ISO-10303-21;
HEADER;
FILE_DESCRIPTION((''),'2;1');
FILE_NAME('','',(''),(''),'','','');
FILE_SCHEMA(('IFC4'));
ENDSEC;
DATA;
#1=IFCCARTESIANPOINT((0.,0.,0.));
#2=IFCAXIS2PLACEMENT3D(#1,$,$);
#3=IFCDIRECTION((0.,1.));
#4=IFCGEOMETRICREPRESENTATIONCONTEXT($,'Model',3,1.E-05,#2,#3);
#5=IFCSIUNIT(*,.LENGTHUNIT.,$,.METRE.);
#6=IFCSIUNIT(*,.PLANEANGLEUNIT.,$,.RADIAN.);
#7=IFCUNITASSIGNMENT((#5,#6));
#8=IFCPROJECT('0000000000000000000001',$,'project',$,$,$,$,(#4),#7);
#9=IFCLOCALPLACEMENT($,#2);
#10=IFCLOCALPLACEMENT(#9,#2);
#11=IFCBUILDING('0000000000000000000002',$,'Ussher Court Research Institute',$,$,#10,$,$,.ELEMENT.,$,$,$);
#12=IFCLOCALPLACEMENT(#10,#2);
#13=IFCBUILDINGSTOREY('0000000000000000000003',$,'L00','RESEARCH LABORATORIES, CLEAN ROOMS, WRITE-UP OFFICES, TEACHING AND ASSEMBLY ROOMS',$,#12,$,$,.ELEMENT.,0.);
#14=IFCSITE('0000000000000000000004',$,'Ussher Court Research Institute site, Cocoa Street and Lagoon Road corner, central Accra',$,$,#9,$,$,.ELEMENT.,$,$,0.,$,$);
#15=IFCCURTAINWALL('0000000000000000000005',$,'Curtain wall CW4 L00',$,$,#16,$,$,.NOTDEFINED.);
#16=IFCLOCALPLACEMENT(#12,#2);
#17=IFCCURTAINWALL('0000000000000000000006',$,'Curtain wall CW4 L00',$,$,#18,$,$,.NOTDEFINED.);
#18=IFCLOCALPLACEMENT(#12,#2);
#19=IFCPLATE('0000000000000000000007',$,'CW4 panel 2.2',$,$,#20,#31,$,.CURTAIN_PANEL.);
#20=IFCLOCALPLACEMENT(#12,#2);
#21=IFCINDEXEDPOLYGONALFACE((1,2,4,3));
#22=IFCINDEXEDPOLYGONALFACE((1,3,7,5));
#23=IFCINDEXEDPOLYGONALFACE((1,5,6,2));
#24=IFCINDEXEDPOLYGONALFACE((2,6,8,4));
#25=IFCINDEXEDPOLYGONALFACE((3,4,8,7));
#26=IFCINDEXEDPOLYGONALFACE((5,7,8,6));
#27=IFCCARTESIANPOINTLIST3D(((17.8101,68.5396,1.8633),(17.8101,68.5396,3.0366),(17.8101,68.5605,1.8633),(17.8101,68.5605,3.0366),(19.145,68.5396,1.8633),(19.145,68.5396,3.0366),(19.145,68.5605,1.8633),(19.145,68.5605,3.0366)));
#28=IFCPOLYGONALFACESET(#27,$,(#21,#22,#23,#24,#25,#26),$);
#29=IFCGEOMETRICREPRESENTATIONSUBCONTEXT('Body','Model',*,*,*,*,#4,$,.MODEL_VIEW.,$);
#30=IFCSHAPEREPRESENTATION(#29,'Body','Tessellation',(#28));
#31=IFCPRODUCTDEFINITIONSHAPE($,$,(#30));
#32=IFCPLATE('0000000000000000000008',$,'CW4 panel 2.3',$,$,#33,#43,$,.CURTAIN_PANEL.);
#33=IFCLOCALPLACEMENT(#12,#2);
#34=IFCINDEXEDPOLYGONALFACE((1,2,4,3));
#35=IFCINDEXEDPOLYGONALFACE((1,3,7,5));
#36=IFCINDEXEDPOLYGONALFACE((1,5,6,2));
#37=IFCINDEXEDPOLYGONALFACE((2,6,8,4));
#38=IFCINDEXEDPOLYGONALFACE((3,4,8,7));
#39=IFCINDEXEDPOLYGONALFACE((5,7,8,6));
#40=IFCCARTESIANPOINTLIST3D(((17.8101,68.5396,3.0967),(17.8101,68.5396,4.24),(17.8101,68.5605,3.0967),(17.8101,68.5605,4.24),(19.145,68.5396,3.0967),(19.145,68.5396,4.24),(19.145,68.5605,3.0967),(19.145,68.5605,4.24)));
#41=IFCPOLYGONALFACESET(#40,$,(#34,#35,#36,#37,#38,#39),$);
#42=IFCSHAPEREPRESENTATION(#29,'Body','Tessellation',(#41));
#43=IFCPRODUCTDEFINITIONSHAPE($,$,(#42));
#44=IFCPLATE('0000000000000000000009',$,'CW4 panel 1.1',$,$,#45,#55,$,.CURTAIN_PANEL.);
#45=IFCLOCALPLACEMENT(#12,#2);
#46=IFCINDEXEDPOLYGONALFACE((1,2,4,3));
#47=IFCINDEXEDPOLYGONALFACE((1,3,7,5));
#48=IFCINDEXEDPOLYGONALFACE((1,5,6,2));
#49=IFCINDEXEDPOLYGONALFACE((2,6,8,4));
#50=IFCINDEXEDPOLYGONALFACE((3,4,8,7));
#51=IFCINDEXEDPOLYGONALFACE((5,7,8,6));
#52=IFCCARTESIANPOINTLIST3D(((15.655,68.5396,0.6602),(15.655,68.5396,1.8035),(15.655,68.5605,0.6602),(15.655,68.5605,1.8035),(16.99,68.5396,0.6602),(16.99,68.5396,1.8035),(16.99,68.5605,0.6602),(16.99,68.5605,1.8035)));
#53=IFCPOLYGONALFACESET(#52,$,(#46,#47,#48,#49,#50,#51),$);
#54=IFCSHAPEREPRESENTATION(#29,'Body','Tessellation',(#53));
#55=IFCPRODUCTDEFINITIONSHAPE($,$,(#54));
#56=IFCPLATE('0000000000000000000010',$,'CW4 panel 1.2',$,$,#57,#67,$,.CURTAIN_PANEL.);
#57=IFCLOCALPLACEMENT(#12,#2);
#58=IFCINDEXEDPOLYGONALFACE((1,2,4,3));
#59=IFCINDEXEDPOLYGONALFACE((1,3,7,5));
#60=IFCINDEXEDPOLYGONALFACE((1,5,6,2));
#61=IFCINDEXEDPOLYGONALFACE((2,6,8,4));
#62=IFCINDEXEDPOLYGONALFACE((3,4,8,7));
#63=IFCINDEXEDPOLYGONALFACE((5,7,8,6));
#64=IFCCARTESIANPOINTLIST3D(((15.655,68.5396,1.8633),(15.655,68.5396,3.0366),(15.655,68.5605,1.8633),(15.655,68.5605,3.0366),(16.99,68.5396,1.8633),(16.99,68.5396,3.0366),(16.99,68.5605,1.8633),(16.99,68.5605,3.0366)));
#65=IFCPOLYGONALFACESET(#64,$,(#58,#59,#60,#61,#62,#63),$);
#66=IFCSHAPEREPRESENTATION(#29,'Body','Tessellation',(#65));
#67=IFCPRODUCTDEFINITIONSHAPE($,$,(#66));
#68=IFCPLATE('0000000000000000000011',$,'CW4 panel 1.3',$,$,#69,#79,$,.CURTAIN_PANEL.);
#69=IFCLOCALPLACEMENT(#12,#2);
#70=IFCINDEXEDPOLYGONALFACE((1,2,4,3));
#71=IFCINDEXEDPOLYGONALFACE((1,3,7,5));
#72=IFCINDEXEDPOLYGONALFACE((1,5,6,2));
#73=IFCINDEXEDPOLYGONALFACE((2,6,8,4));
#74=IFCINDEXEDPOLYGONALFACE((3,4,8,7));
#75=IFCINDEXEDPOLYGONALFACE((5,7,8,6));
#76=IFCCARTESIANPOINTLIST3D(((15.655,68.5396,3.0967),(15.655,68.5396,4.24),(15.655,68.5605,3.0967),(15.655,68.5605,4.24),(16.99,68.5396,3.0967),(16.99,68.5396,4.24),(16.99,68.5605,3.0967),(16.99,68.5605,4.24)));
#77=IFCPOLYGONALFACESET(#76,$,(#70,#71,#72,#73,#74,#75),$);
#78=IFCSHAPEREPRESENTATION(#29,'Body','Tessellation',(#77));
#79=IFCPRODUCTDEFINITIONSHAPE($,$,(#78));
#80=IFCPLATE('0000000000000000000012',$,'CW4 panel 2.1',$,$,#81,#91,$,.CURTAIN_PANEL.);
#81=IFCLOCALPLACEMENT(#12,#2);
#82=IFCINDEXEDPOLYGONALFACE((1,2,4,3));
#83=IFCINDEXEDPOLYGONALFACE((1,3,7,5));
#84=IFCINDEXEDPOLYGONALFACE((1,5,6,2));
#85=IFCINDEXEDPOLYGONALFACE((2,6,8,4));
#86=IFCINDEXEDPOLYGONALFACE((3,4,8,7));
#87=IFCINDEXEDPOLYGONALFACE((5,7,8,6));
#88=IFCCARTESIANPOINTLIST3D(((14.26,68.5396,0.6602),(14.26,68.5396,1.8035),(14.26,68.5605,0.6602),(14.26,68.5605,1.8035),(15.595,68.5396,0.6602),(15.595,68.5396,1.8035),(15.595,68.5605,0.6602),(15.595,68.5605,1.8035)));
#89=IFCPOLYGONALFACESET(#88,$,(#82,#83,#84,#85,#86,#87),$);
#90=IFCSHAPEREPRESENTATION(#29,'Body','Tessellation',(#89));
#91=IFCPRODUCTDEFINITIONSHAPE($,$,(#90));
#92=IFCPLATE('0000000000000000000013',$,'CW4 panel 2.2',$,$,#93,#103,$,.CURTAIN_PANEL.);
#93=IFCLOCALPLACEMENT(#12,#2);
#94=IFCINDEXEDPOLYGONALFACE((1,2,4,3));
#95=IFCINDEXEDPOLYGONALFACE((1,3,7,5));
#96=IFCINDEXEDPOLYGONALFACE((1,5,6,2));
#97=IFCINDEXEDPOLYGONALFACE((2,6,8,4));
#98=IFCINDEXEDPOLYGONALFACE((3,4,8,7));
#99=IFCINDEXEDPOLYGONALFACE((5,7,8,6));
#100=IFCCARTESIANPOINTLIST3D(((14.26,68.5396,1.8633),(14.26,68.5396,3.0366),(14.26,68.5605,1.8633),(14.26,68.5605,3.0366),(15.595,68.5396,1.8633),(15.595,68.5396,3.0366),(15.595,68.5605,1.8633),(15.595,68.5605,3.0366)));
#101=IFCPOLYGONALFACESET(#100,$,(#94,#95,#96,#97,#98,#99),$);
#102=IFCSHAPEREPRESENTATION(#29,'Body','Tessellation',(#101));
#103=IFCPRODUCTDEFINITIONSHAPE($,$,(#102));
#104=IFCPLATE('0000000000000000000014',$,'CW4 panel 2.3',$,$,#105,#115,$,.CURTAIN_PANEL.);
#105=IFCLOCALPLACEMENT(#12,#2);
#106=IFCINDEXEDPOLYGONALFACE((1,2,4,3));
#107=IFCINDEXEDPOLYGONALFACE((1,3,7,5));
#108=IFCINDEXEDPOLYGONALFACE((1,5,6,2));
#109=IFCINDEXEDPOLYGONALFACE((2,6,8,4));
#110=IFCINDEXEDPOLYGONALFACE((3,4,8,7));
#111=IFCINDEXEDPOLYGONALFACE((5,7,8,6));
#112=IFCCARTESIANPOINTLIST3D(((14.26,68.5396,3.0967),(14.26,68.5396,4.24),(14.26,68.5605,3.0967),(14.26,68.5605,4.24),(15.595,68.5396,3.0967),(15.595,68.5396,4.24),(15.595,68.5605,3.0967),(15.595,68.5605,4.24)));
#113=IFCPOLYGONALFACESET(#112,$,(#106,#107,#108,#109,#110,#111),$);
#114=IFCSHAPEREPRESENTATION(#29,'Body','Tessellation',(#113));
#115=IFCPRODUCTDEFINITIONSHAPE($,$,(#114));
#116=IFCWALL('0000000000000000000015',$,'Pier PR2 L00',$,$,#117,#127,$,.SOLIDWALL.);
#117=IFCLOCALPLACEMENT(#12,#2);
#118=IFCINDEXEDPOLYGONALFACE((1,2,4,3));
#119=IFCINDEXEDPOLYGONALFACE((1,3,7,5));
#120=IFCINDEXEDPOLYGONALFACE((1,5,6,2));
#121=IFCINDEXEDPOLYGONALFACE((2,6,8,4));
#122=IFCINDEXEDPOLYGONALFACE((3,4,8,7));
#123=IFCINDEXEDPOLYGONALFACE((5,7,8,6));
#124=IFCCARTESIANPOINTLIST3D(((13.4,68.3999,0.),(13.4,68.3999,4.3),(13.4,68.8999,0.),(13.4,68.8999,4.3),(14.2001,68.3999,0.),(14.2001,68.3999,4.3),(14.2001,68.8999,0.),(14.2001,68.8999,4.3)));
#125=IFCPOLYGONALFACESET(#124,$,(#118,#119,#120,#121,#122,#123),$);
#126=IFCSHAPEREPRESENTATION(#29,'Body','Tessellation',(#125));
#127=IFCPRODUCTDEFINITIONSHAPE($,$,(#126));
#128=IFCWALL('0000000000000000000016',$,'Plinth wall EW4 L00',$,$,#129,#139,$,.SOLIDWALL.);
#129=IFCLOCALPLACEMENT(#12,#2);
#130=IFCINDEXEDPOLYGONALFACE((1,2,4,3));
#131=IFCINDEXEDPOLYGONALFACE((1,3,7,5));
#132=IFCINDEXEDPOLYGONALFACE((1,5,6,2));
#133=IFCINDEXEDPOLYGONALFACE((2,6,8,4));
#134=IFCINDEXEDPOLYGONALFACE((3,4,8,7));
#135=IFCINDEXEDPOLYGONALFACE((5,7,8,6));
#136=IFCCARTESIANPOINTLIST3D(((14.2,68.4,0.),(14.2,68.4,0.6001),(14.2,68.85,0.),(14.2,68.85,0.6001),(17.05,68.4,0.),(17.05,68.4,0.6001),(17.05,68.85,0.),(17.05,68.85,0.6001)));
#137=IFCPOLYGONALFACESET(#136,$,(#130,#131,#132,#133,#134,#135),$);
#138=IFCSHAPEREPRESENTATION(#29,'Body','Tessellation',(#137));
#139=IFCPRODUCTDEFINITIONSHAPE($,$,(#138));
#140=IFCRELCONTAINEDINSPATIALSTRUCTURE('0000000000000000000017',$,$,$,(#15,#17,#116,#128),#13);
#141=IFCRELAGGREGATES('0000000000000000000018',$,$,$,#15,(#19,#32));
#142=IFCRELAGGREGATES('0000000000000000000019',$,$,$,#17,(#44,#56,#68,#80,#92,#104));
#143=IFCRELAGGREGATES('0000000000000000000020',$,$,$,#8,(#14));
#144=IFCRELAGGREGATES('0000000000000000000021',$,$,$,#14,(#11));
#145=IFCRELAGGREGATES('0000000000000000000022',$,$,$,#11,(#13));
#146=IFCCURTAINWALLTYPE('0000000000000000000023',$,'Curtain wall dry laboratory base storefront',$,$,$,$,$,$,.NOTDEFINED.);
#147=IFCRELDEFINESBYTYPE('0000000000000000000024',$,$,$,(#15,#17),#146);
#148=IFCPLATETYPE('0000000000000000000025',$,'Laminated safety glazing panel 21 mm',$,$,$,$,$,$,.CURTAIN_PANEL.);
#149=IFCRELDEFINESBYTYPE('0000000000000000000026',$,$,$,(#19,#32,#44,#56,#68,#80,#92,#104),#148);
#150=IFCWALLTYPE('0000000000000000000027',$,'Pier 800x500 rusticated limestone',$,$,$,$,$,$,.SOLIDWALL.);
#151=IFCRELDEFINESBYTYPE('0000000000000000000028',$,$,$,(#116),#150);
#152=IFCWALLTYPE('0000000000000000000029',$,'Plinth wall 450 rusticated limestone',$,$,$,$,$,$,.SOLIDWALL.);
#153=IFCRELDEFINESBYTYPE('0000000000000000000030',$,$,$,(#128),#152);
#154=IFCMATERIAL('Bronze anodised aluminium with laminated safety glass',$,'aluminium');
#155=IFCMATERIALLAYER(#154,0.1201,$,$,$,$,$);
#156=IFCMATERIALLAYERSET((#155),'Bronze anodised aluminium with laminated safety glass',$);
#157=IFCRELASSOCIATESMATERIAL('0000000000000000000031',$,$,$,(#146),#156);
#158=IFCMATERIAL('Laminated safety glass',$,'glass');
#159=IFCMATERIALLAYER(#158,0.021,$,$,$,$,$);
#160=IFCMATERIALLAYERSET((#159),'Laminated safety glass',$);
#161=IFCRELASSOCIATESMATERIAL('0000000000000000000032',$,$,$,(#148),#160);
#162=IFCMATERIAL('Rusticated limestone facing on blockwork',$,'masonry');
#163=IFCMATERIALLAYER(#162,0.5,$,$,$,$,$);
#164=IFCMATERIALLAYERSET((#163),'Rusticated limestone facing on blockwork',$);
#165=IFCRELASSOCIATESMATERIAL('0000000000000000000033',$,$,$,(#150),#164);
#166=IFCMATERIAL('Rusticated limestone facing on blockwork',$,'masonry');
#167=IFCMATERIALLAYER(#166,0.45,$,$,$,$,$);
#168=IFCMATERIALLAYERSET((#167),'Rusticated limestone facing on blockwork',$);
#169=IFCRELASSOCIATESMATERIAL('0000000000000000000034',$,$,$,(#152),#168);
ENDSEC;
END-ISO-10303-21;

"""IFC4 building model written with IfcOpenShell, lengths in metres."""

from ifc_helpers import new_model, si_unit, direction, frame, frame_2d, origin, origin_2d, place, context, subcontext, project, spatial, rectangle, extrude, material, layer, layer_set, type_object, element, aggregate, save


model = new_model("IFC4")

# Units and contexts
model_context = context("Model", 3, precision=1e-05, world=origin(), true_north=direction((0.0, 1.0)))
body_context = subcontext(model_context, "Body", "Model", "MODEL_VIEW")
ifc_project = project(units=[si_unit("LENGTHUNIT", "METRE"), si_unit("PLANEANGLEUNIT", "RADIAN")], contexts=[model_context])

# Site, building, storey
site_placement = place(None, origin())
site = spatial("IfcSite", under=ifc_project, at=site_placement, Name="Ussher Court Research Institute site, Cocoa Street and Lagoon Road corner, central Accra", CompositionType="ELEMENT", RefElevation=0.0)
building_placement = place(site_placement, origin())
building = spatial("IfcBuilding", under=site, at=building_placement, Name="Ussher Court Research Institute", CompositionType="ELEMENT")
storey_placement = place(building_placement, origin())
storey = spatial("IfcBuildingStorey", under=building, at=storey_placement, Name="L00", Description="RESEARCH LABORATORIES, CLEAN ROOMS, WRITE-UP OFFICES, TEACHING AND ASSEMBLY ROOMS", CompositionType="ELEMENT", Elevation=0.0)

# Curtain wall
ifc_material_1 = material(Name="Bronze anodised aluminium with laminated safety glass", Category="aluminium")
ifc_layer_1 = layer(ifc_material_1, 0.1201)
ifc_layer_set_1 = layer_set([ifc_layer_1], Name="Bronze anodised aluminium with laminated safety glass")
curtain_wall_type = type_object("IfcCurtainWallType", Name="Curtain wall dry laboratory base storefront", PredefinedType="NOTDEFINED", material=ifc_layer_set_1)
curtain_wall_1_placement = place(storey_placement, origin())
curtain_wall_1 = element("IfcCurtainWall", 1, at=curtain_wall_1_placement, inside=storey, type_object=curtain_wall_type, Name="Curtain wall CW4 L00", PredefinedType="NOTDEFINED")

# Curtain wall
curtain_wall_2_placement = place(storey_placement, origin())
curtain_wall_2 = element("IfcCurtainWall", 2, at=curtain_wall_2_placement, inside=storey, type_object=curtain_wall_type, Name="Curtain wall CW4 L00", PredefinedType="NOTDEFINED")

# Plates
ifc_material_2 = material(Name="Laminated safety glass", Category="glass")
ifc_layer_2 = layer(ifc_material_2, 0.021)
ifc_layer_set_2 = layer_set([ifc_layer_2], Name="Laminated safety glass")
plate_type = type_object("IfcPlateType", Name="Laminated safety glazing panel 21 mm", PredefinedType="CURTAIN_PANEL", material=ifc_layer_set_2)
plate_1_placement = place(storey_placement, frame((18.4775, 68.55, 1.8633), z_axis=(0.0, 0.0, 1.0), x_axis=(-1.0, 0.0, 0.0)))
plate_1 = element("IfcPlate", 3, at=plate_1_placement, type_object=plate_type, Name="CW4 panel 2.2", PredefinedType="CURTAIN_PANEL", context=body_context, shape_type="SweptSolid", body=[
    extrude(rectangle(XDim=1.335, YDim=0.021, at=origin_2d()), origin(), (0.0, 0.0, 1.0), 1.1733),
])
plate_2_placement = place(storey_placement, frame((18.4775, 68.55, 3.0967), z_axis=(0.0, 0.0, 1.0), x_axis=(-1.0, 0.0, 0.0)))
plate_2 = element("IfcPlate", 4, at=plate_2_placement, type_object=plate_type, Name="CW4 panel 2.3", PredefinedType="CURTAIN_PANEL", context=body_context, shape_type="SweptSolid", body=[
    extrude(rectangle(XDim=1.335, YDim=0.021, at=origin_2d()), origin(), (0.0, 0.0, 1.0), 1.1433),
])
aggregate(curtain_wall_1, [plate_1, plate_2])
plate_3_placement = place(storey_placement, frame((16.3225, 68.55, 0.6602), z_axis=(0.0, 0.0, 1.0), x_axis=(-1.0, 0.0, 0.0)))
plate_3 = element("IfcPlate", 5, at=plate_3_placement, type_object=plate_type, Name="CW4 panel 1.1", PredefinedType="CURTAIN_PANEL", context=body_context, shape_type="SweptSolid", body=[
    extrude(rectangle(XDim=1.335, YDim=0.021, at=origin_2d()), origin(), (0.0, 0.0, 1.0), 1.1433),
])
plate_4_placement = place(storey_placement, frame((16.3225, 68.55, 1.8633), z_axis=(0.0, 0.0, 1.0), x_axis=(-1.0, 0.0, 0.0)))
plate_4 = element("IfcPlate", 6, at=plate_4_placement, type_object=plate_type, Name="CW4 panel 1.2", PredefinedType="CURTAIN_PANEL", context=body_context, shape_type="SweptSolid", body=[
    extrude(rectangle(XDim=1.335, YDim=0.021, at=origin_2d()), origin(), (0.0, 0.0, 1.0), 1.1733),
])
plate_5_placement = place(storey_placement, frame((16.3225, 68.55, 3.0967), z_axis=(0.0, 0.0, 1.0), x_axis=(-1.0, 0.0, 0.0)))
plate_5 = element("IfcPlate", 7, at=plate_5_placement, type_object=plate_type, Name="CW4 panel 1.3", PredefinedType="CURTAIN_PANEL", context=body_context, shape_type="SweptSolid", body=[
    extrude(rectangle(XDim=1.335, YDim=0.021, at=origin_2d()), origin(), (0.0, 0.0, 1.0), 1.1433),
])
plate_6_placement = place(storey_placement, frame((14.9275, 68.55, 0.6602), z_axis=(0.0, 0.0, 1.0), x_axis=(-1.0, 0.0, 0.0)))
plate_6 = element("IfcPlate", 8, at=plate_6_placement, type_object=plate_type, Name="CW4 panel 2.1", PredefinedType="CURTAIN_PANEL", context=body_context, shape_type="SweptSolid", body=[
    extrude(rectangle(XDim=1.335, YDim=0.021, at=origin_2d()), origin(), (0.0, 0.0, 1.0), 1.1433),
])
plate_7_placement = place(storey_placement, frame((14.9275, 68.55, 1.8633), z_axis=(0.0, 0.0, 1.0), x_axis=(-1.0, 0.0, 0.0)))
plate_7 = element("IfcPlate", 9, at=plate_7_placement, type_object=plate_type, Name="CW4 panel 2.2", PredefinedType="CURTAIN_PANEL", context=body_context, shape_type="SweptSolid", body=[
    extrude(rectangle(XDim=1.335, YDim=0.021, at=origin_2d()), origin(), (0.0, 0.0, 1.0), 1.1733),
])
plate_8_placement = place(storey_placement, frame((14.9275, 68.55, 3.0967), z_axis=(0.0, 0.0, 1.0), x_axis=(-1.0, 0.0, 0.0)))
plate_8 = element("IfcPlate", 10, at=plate_8_placement, type_object=plate_type, Name="CW4 panel 2.3", PredefinedType="CURTAIN_PANEL", context=body_context, shape_type="SweptSolid", body=[
    extrude(rectangle(XDim=1.335, YDim=0.021, at=origin_2d()), origin(), (0.0, 0.0, 1.0), 1.1433),
])
aggregate(curtain_wall_2, [plate_3, plate_4, plate_5, plate_6, plate_7, plate_8])

# Walls
ifc_material_3 = material(Name="Rusticated limestone facing on blockwork", Category="masonry")
ifc_layer_3 = layer(ifc_material_3, 0.5)
ifc_layer_set_3 = layer_set([ifc_layer_3], Name="Rusticated limestone facing on blockwork")
wall_type_1 = type_object("IfcWallType", Name="Pier 800x500 rusticated limestone", PredefinedType="SOLIDWALL", material=ifc_layer_set_3)
wall_1_placement = place(storey_placement, frame((14.2, 68.6499, 0.0), z_axis=(0.0, 0.0, 1.0), x_axis=(-1.0, 0.0, 0.0)))
element("IfcWall", 11, at=wall_1_placement, inside=storey, type_object=wall_type_1, Name="Pier PR2 L00", PredefinedType="SOLIDWALL", context=body_context, shape_type="SweptSolid", body=[
    extrude(rectangle(XDim=0.8, YDim=0.5, at=frame_2d((0.3999, 0.0))), origin(), (0.0, 0.0, 1.0), 4.3),
])
ifc_material_4 = material(Name="Rusticated limestone facing on blockwork", Category="masonry")
ifc_layer_4 = layer(ifc_material_4, 0.45)
ifc_layer_set_4 = layer_set([ifc_layer_4], Name="Rusticated limestone facing on blockwork")
wall_type_2 = type_object("IfcWallType", Name="Plinth wall 450 rusticated limestone", PredefinedType="SOLIDWALL", material=ifc_layer_set_4)
wall_2_placement = place(storey_placement, frame((17.05, 68.625, 0.0), z_axis=(0.0, 0.0, 1.0), x_axis=(-1.0, 0.0, 0.0)))
element("IfcWall", 12, at=wall_2_placement, inside=storey, type_object=wall_type_2, Name="Plinth wall EW4 L00", PredefinedType="SOLIDWALL", context=body_context, shape_type="SweptSolid", body=[
    extrude(rectangle(XDim=2.8501, YDim=0.45, at=frame_2d((1.425, 0.0))), origin(), (0.0, 0.0, 1.0), 0.6001),
])

save(model, "model.ifc")
